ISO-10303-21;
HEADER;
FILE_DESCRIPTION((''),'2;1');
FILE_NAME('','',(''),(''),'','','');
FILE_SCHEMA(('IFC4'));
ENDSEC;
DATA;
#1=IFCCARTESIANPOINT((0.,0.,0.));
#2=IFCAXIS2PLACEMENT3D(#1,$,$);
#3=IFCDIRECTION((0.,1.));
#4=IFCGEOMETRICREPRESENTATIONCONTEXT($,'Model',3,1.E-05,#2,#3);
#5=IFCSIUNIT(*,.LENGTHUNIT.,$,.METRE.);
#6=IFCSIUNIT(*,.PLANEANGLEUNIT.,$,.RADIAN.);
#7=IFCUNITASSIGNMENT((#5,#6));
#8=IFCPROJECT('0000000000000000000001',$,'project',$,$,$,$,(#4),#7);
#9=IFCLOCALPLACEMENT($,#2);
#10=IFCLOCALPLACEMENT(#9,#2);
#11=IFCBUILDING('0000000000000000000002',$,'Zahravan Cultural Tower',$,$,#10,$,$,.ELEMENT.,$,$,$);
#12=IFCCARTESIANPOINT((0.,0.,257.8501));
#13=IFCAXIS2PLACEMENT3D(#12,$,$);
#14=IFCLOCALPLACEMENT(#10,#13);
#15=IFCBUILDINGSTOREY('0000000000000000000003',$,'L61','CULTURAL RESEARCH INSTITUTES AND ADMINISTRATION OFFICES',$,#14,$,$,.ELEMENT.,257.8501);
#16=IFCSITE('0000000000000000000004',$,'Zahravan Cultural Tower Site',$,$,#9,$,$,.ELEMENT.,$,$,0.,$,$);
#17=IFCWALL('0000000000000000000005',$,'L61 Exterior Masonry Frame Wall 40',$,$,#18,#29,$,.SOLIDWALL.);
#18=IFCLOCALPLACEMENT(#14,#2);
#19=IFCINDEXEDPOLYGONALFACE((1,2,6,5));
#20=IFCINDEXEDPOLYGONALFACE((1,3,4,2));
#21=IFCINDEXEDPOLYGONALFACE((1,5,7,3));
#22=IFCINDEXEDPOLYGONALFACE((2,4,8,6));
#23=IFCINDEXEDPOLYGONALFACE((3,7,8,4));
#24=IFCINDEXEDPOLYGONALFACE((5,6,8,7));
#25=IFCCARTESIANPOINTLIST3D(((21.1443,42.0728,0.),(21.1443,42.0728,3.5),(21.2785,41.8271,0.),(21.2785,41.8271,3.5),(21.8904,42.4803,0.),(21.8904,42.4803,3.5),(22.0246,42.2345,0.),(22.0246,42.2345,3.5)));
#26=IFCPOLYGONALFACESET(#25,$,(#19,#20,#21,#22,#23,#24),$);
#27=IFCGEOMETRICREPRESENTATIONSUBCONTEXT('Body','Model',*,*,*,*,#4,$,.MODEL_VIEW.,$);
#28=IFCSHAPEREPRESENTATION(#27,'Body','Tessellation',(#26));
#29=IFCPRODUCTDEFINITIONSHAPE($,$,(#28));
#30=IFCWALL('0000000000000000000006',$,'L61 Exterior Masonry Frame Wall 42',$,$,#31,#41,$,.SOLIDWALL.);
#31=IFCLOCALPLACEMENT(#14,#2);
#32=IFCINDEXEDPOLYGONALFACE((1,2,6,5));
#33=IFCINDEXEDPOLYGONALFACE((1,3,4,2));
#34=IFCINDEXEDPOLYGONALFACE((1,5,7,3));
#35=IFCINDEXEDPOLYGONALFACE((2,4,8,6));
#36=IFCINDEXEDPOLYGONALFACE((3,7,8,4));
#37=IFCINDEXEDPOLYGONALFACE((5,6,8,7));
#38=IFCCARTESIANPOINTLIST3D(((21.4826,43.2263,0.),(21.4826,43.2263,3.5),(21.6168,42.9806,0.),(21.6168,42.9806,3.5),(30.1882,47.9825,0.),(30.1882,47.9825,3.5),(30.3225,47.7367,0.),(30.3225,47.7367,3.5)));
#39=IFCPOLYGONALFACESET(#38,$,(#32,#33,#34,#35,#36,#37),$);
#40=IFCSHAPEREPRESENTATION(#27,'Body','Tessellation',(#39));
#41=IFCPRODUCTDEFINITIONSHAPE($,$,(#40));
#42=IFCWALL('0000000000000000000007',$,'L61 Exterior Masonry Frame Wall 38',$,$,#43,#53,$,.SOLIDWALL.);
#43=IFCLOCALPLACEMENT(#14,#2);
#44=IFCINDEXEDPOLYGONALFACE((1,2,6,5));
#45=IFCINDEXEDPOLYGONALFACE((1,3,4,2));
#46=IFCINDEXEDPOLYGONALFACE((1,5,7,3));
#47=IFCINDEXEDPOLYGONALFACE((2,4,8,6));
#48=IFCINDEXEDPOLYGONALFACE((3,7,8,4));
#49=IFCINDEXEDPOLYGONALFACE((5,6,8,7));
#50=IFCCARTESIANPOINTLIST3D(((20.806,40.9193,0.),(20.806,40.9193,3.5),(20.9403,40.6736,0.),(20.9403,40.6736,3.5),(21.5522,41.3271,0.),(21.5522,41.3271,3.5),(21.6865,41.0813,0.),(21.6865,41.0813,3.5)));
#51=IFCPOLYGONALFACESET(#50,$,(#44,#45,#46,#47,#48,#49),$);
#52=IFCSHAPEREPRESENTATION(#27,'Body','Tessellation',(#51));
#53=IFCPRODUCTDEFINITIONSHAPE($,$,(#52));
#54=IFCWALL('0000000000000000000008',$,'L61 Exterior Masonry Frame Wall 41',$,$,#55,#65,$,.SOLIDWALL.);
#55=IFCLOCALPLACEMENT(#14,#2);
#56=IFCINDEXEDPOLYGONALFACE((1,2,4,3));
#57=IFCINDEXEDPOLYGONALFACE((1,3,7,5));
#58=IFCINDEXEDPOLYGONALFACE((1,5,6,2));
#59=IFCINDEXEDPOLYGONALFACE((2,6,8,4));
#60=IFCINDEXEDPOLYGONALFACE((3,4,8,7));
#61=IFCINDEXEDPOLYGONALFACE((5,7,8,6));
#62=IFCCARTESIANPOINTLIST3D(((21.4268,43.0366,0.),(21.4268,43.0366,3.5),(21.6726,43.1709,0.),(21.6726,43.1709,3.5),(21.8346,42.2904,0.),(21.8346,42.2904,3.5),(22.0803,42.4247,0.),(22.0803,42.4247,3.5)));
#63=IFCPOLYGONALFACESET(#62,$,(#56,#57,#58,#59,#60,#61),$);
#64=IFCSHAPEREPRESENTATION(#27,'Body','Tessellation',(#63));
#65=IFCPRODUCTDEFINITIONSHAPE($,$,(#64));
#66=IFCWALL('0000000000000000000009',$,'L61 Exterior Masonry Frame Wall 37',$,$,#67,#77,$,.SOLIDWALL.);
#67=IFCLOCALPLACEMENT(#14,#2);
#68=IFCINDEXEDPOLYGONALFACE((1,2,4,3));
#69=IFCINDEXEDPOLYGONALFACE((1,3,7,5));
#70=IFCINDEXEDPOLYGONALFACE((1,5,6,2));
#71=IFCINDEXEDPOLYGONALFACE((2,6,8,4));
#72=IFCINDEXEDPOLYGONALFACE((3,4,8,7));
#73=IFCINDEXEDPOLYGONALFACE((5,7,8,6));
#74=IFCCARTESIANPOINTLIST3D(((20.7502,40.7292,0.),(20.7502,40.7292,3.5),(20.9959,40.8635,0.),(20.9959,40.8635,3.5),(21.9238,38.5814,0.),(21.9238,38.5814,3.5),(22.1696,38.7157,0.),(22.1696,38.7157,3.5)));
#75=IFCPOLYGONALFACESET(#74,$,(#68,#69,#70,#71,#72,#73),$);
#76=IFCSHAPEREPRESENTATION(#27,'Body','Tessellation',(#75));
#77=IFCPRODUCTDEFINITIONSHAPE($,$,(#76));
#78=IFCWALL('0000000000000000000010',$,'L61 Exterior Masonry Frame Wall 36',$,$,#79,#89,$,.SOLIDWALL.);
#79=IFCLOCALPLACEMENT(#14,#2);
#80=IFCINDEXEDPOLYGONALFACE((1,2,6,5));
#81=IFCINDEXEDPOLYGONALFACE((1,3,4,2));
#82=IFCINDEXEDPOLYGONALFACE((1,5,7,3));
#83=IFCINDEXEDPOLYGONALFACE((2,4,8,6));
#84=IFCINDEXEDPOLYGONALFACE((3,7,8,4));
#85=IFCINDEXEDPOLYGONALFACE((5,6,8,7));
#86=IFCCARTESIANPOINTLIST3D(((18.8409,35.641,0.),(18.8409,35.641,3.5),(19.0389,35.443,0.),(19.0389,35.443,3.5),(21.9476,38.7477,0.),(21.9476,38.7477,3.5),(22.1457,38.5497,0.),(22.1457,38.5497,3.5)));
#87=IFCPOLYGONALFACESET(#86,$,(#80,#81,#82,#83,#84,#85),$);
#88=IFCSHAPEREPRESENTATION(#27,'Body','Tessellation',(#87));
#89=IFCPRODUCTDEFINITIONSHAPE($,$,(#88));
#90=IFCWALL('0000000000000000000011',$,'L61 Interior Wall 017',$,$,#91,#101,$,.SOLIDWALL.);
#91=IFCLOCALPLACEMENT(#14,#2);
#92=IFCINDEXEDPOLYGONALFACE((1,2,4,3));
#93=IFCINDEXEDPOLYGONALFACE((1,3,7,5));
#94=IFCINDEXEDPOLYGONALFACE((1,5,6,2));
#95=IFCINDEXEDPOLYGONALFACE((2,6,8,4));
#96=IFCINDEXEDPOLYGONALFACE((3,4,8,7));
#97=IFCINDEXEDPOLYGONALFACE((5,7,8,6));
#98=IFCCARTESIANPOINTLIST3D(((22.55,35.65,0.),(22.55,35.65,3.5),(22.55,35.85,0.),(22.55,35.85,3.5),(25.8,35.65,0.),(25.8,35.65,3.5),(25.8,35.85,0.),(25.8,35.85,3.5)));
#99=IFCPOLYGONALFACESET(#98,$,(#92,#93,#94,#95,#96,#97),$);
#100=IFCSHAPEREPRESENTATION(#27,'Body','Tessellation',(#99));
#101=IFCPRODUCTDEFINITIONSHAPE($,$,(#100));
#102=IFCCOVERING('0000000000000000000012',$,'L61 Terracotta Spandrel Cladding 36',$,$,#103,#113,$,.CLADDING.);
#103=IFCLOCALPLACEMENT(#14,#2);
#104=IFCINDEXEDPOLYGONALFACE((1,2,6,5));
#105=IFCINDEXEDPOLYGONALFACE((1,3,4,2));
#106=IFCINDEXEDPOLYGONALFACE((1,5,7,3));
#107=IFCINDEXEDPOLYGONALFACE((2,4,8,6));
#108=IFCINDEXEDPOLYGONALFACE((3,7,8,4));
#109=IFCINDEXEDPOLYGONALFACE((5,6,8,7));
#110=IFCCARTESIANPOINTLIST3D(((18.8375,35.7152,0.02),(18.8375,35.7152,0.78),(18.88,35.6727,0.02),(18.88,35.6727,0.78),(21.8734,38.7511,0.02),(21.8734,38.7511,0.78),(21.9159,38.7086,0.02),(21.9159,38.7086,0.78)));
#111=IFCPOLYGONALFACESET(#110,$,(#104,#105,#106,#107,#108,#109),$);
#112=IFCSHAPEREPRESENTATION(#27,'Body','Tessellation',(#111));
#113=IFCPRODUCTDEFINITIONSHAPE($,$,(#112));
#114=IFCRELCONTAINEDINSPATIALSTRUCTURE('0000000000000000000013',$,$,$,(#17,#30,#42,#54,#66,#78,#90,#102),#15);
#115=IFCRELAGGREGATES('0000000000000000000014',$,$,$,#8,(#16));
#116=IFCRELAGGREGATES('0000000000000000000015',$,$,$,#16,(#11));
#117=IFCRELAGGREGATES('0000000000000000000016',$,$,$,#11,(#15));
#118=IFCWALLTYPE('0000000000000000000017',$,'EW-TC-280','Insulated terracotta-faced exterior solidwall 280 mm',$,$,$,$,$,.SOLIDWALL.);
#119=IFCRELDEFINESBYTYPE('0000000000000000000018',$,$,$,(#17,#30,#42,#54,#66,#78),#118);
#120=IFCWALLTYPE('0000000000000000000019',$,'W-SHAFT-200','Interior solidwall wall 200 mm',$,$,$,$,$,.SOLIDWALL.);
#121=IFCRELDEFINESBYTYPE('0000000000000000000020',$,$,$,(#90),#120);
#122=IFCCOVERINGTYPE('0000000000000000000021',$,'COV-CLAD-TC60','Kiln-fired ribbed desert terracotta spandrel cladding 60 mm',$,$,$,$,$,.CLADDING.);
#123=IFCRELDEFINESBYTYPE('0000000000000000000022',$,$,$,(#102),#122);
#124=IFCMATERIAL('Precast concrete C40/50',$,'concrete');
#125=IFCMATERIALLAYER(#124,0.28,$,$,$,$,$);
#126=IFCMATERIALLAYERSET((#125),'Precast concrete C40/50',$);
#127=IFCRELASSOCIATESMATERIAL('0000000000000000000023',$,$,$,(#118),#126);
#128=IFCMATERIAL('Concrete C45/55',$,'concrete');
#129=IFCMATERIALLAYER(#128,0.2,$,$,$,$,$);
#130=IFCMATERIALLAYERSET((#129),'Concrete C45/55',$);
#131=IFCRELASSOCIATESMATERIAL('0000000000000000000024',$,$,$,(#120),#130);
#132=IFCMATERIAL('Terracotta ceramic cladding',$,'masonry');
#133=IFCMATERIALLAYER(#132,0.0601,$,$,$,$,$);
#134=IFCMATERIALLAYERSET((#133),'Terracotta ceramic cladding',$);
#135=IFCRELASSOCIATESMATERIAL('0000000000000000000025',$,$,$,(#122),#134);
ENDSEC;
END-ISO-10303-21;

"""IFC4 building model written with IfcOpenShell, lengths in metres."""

from ifc_helpers import new_model, si_unit, direction, frame, frame_2d, origin, origin_2d, place, context, subcontext, project, spatial, rectangle, extrude, source, transform, mapped, material, layer, layer_set, type_object, element, save


model = new_model("IFC4")

# Units and contexts
model_context = context("Model", 3, precision=1e-05, world=origin(), true_north=direction((0.0, 1.0)))
body_context = subcontext(model_context, "Body", "Model", "MODEL_VIEW")
ifc_project = project(units=[si_unit("LENGTHUNIT", "METRE"), si_unit("PLANEANGLEUNIT", "RADIAN")], contexts=[model_context])

# Site, building, storey
site_placement = place(None, origin())
site = spatial("IfcSite", under=ifc_project, at=site_placement, Name="Zahravan Cultural Tower Site", CompositionType="ELEMENT", RefElevation=0.0)
building_placement = place(site_placement, origin())
building = spatial("IfcBuilding", under=site, at=building_placement, Name="Zahravan Cultural Tower", CompositionType="ELEMENT")
storey_placement = place(building_placement, frame((0.0, 0.0, 257.8501)))
storey = spatial("IfcBuildingStorey", under=building, at=storey_placement, Name="L61", Description="CULTURAL RESEARCH INSTITUTES AND ADMINISTRATION OFFICES", CompositionType="ELEMENT", Elevation=257.8501)

# Walls
ifc_material_1 = material(Name="Precast concrete C40/50", Category="concrete")
ifc_layer_1 = layer(ifc_material_1, 0.28)
ifc_layer_set_1 = layer_set([ifc_layer_1], Name="Precast concrete C40/50")
wall_type_1 = type_object("IfcWallType", Name="EW-TC-280", Description="Insulated terracotta-faced exterior solidwall 280 mm", PredefinedType="SOLIDWALL", material=ifc_layer_set_1)
shared_shape_1 = source(origin(), body_context, "Body", "SweptSolid", [
    extrude(rectangle(XDim=0.8501, YDim=0.28, at=frame_2d((0.425, 0.0))), origin(), (0.0, 0.0, 1.0), 3.5),
])
for number, where, z_axis, x_axis, name in (
    (1, (21.2114, 41.95, 0.0), (0.0, 0.0, 1.0), (0.877643, 0.479315, 0.0), "L61 Exterior Masonry Frame Wall 40"),
):
    element("IfcWall", number, at=place(storey_placement, frame(where, z_axis=z_axis, x_axis=x_axis)), inside=storey, type_object=wall_type_1, Name=name, PredefinedType="SOLIDWALL", context=body_context, shape_type="MappedRepresentation", body=[
        mapped(shared_shape_1, transform((0.0, 0.0, 0.0), x_axis=(1.0, 0.0, 0.0), y_axis=(0.0, 1.0, 0.0), z_axis=(0.0, 0.0, 1.0), scale=1.0)),
    ])
shared_shape_2 = source(origin(), body_context, "Body", "SweptSolid", [
    extrude(rectangle(XDim=9.9202, YDim=0.28, at=frame_2d((4.96, 0.0))), origin(), (0.0, 0.0, 1.0), 3.5),
])
wall_1_placement = place(storey_placement, frame((21.5498, 43.1035, 0.0), z_axis=(0.0, 0.0, 1.0), x_axis=(0.877573, 0.479443, 0.0)))
element("IfcWall", 2, at=wall_1_placement, inside=storey, type_object=wall_type_1, Name="L61 Exterior Masonry Frame Wall 42", PredefinedType="SOLIDWALL", context=body_context, shape_type="MappedRepresentation", body=[
    mapped(shared_shape_2, transform((0.0, 0.0, 0.0), x_axis=(1.0, 0.0, 0.0), y_axis=(0.0, 1.0, 0.0), z_axis=(0.0, 0.0, 1.0), scale=1.0)),
])
shared_shape_3 = source(origin(), body_context, "Body", "SweptSolid", [
    extrude(rectangle(XDim=0.8503, YDim=0.28, at=frame_2d((0.4253, 0.0))), origin(), (0.0, 0.0, 1.0), 3.5),
])
for number, where, z_axis, x_axis, name in (
    (3, (20.873, 40.7964, 0.0), (0.0, 0.0, 1.0), (0.877522, 0.479536, 0.0), "L61 Exterior Masonry Frame Wall 38"),
    (4, (21.9575, 42.3574, 0.0), (0.0, 0.0, 1.0), (-0.479536, 0.877522, 0.0), "L61 Exterior Masonry Frame Wall 41"),
):
    element("IfcWall", number, at=place(storey_placement, frame(where, z_axis=z_axis, x_axis=x_axis)), inside=storey, type_object=wall_type_1, Name=name, PredefinedType="SOLIDWALL", context=body_context, shape_type="MappedRepresentation", body=[
        mapped(shared_shape_3, transform((0.0, 0.0, 0.0), x_axis=(1.0, 0.0, 0.0), y_axis=(0.0, 1.0, 0.0), z_axis=(0.0, 0.0, 1.0), scale=1.0)),
    ])
shared_shape_4 = source(origin(), body_context, "Body", "SweptSolid", [
    extrude(rectangle(XDim=2.4475, YDim=0.28, at=frame_2d((1.2236, 0.0))), origin(), (0.0, 0.0, 1.0), 3.5),
])
wall_2_placement = place(storey_placement, frame((22.0466, 38.6487, 0.0), z_axis=(0.0, 0.0, 1.0), x_axis=(-0.479516, 0.877533, 0.0)))
element("IfcWall", 5, at=wall_2_placement, inside=storey, type_object=wall_type_1, Name="L61 Exterior Masonry Frame Wall 37", PredefinedType="SOLIDWALL", context=body_context, shape_type="MappedRepresentation", body=[
    mapped(shared_shape_4, transform((0.0, 0.0, 0.0), x_axis=(1.0, 0.0, 0.0), y_axis=(0.0, 1.0, 0.0), z_axis=(0.0, 0.0, 1.0), scale=1.0)),
])
shared_shape_5 = source(origin(), body_context, "Body", "SweptSolid", [
    extrude(rectangle(XDim=4.3936, YDim=0.28, at=frame_2d((2.1968, 0.0))), origin(), (0.0, 0.0, 1.0), 3.5),
])
wall_3_placement = place(storey_placement, frame((18.9399, 35.542, 0.0), z_axis=(0.0, 0.0, 1.0), x_axis=(0.707107, 0.707107, 0.0)))
element("IfcWall", 6, at=wall_3_placement, inside=storey, type_object=wall_type_1, Name="L61 Exterior Masonry Frame Wall 36", PredefinedType="SOLIDWALL", context=body_context, shape_type="MappedRepresentation", body=[
    mapped(shared_shape_5, transform((0.0, 0.0, 0.0), x_axis=(1.0, 0.0, 0.0), y_axis=(0.0, 1.0, 0.0), z_axis=(0.0, 0.0, 1.0), scale=1.0)),
])
ifc_material_2 = material(Name="Concrete C45/55", Category="concrete")
ifc_layer_2 = layer(ifc_material_2, 0.2)
ifc_layer_set_2 = layer_set([ifc_layer_2], Name="Concrete C45/55")
wall_type_2 = type_object("IfcWallType", Name="W-SHAFT-200", Description="Interior solidwall wall 200 mm", PredefinedType="SOLIDWALL", material=ifc_layer_set_2)
shared_shape_6 = source(origin(), body_context, "Body", "SweptSolid", [
    extrude(rectangle(XDim=3.25, YDim=0.2, at=frame_2d((1.625, 0.0))), origin(), (0.0, 0.0, 1.0), 3.5),
])
wall_4_placement = place(storey_placement, frame((22.55, 35.75, 0.0), z_axis=(0.0, 0.0, 1.0), x_axis=(1.0, 0.0, 0.0)))
element("IfcWall", 7, at=wall_4_placement, inside=storey, type_object=wall_type_2, Name="L61 Interior Wall 017", PredefinedType="SOLIDWALL", context=body_context, shape_type="MappedRepresentation", body=[
    mapped(shared_shape_6, transform((0.0, 0.0, 0.0), x_axis=(1.0, 0.0, 0.0), y_axis=(0.0, 1.0, 0.0), z_axis=(0.0, 0.0, 1.0), scale=1.0)),
])

# Covering
ifc_material_3 = material(Name="Terracotta ceramic cladding", Category="masonry")
ifc_layer_3 = layer(ifc_material_3, 0.0601)
ifc_layer_set_3 = layer_set([ifc_layer_3], Name="Terracotta ceramic cladding")
covering_type = type_object("IfcCoveringType", Name="COV-CLAD-TC60", Description="Kiln-fired ribbed desert terracotta spandrel cladding 60 mm", PredefinedType="CLADDING", material=ifc_layer_set_3)
shared_shape_7 = source(origin(), body_context, "Body", "SweptSolid", [
    extrude(rectangle(XDim=4.2935, YDim=0.0601, at=origin_2d()), origin(), (0.0, 0.0, 1.0), 0.76),
])
covering_placement = place(storey_placement, frame((20.3767, 37.2119, 0.02), z_axis=(0.0, 0.0, 1.0), x_axis=(0.707107, 0.707107, 0.0)))
element("IfcCovering", 8, at=covering_placement, inside=storey, type_object=covering_type, Name="L61 Terracotta Spandrel Cladding 36", PredefinedType="CLADDING", context=body_context, shape_type="MappedRepresentation", body=[
    mapped(shared_shape_7, transform((0.0, 0.0, 0.0), x_axis=(1.0, 0.0, 0.0), y_axis=(0.0, 1.0, 0.0), z_axis=(0.0, 0.0, 1.0), scale=1.0)),
])

save(model, "model.ifc")
